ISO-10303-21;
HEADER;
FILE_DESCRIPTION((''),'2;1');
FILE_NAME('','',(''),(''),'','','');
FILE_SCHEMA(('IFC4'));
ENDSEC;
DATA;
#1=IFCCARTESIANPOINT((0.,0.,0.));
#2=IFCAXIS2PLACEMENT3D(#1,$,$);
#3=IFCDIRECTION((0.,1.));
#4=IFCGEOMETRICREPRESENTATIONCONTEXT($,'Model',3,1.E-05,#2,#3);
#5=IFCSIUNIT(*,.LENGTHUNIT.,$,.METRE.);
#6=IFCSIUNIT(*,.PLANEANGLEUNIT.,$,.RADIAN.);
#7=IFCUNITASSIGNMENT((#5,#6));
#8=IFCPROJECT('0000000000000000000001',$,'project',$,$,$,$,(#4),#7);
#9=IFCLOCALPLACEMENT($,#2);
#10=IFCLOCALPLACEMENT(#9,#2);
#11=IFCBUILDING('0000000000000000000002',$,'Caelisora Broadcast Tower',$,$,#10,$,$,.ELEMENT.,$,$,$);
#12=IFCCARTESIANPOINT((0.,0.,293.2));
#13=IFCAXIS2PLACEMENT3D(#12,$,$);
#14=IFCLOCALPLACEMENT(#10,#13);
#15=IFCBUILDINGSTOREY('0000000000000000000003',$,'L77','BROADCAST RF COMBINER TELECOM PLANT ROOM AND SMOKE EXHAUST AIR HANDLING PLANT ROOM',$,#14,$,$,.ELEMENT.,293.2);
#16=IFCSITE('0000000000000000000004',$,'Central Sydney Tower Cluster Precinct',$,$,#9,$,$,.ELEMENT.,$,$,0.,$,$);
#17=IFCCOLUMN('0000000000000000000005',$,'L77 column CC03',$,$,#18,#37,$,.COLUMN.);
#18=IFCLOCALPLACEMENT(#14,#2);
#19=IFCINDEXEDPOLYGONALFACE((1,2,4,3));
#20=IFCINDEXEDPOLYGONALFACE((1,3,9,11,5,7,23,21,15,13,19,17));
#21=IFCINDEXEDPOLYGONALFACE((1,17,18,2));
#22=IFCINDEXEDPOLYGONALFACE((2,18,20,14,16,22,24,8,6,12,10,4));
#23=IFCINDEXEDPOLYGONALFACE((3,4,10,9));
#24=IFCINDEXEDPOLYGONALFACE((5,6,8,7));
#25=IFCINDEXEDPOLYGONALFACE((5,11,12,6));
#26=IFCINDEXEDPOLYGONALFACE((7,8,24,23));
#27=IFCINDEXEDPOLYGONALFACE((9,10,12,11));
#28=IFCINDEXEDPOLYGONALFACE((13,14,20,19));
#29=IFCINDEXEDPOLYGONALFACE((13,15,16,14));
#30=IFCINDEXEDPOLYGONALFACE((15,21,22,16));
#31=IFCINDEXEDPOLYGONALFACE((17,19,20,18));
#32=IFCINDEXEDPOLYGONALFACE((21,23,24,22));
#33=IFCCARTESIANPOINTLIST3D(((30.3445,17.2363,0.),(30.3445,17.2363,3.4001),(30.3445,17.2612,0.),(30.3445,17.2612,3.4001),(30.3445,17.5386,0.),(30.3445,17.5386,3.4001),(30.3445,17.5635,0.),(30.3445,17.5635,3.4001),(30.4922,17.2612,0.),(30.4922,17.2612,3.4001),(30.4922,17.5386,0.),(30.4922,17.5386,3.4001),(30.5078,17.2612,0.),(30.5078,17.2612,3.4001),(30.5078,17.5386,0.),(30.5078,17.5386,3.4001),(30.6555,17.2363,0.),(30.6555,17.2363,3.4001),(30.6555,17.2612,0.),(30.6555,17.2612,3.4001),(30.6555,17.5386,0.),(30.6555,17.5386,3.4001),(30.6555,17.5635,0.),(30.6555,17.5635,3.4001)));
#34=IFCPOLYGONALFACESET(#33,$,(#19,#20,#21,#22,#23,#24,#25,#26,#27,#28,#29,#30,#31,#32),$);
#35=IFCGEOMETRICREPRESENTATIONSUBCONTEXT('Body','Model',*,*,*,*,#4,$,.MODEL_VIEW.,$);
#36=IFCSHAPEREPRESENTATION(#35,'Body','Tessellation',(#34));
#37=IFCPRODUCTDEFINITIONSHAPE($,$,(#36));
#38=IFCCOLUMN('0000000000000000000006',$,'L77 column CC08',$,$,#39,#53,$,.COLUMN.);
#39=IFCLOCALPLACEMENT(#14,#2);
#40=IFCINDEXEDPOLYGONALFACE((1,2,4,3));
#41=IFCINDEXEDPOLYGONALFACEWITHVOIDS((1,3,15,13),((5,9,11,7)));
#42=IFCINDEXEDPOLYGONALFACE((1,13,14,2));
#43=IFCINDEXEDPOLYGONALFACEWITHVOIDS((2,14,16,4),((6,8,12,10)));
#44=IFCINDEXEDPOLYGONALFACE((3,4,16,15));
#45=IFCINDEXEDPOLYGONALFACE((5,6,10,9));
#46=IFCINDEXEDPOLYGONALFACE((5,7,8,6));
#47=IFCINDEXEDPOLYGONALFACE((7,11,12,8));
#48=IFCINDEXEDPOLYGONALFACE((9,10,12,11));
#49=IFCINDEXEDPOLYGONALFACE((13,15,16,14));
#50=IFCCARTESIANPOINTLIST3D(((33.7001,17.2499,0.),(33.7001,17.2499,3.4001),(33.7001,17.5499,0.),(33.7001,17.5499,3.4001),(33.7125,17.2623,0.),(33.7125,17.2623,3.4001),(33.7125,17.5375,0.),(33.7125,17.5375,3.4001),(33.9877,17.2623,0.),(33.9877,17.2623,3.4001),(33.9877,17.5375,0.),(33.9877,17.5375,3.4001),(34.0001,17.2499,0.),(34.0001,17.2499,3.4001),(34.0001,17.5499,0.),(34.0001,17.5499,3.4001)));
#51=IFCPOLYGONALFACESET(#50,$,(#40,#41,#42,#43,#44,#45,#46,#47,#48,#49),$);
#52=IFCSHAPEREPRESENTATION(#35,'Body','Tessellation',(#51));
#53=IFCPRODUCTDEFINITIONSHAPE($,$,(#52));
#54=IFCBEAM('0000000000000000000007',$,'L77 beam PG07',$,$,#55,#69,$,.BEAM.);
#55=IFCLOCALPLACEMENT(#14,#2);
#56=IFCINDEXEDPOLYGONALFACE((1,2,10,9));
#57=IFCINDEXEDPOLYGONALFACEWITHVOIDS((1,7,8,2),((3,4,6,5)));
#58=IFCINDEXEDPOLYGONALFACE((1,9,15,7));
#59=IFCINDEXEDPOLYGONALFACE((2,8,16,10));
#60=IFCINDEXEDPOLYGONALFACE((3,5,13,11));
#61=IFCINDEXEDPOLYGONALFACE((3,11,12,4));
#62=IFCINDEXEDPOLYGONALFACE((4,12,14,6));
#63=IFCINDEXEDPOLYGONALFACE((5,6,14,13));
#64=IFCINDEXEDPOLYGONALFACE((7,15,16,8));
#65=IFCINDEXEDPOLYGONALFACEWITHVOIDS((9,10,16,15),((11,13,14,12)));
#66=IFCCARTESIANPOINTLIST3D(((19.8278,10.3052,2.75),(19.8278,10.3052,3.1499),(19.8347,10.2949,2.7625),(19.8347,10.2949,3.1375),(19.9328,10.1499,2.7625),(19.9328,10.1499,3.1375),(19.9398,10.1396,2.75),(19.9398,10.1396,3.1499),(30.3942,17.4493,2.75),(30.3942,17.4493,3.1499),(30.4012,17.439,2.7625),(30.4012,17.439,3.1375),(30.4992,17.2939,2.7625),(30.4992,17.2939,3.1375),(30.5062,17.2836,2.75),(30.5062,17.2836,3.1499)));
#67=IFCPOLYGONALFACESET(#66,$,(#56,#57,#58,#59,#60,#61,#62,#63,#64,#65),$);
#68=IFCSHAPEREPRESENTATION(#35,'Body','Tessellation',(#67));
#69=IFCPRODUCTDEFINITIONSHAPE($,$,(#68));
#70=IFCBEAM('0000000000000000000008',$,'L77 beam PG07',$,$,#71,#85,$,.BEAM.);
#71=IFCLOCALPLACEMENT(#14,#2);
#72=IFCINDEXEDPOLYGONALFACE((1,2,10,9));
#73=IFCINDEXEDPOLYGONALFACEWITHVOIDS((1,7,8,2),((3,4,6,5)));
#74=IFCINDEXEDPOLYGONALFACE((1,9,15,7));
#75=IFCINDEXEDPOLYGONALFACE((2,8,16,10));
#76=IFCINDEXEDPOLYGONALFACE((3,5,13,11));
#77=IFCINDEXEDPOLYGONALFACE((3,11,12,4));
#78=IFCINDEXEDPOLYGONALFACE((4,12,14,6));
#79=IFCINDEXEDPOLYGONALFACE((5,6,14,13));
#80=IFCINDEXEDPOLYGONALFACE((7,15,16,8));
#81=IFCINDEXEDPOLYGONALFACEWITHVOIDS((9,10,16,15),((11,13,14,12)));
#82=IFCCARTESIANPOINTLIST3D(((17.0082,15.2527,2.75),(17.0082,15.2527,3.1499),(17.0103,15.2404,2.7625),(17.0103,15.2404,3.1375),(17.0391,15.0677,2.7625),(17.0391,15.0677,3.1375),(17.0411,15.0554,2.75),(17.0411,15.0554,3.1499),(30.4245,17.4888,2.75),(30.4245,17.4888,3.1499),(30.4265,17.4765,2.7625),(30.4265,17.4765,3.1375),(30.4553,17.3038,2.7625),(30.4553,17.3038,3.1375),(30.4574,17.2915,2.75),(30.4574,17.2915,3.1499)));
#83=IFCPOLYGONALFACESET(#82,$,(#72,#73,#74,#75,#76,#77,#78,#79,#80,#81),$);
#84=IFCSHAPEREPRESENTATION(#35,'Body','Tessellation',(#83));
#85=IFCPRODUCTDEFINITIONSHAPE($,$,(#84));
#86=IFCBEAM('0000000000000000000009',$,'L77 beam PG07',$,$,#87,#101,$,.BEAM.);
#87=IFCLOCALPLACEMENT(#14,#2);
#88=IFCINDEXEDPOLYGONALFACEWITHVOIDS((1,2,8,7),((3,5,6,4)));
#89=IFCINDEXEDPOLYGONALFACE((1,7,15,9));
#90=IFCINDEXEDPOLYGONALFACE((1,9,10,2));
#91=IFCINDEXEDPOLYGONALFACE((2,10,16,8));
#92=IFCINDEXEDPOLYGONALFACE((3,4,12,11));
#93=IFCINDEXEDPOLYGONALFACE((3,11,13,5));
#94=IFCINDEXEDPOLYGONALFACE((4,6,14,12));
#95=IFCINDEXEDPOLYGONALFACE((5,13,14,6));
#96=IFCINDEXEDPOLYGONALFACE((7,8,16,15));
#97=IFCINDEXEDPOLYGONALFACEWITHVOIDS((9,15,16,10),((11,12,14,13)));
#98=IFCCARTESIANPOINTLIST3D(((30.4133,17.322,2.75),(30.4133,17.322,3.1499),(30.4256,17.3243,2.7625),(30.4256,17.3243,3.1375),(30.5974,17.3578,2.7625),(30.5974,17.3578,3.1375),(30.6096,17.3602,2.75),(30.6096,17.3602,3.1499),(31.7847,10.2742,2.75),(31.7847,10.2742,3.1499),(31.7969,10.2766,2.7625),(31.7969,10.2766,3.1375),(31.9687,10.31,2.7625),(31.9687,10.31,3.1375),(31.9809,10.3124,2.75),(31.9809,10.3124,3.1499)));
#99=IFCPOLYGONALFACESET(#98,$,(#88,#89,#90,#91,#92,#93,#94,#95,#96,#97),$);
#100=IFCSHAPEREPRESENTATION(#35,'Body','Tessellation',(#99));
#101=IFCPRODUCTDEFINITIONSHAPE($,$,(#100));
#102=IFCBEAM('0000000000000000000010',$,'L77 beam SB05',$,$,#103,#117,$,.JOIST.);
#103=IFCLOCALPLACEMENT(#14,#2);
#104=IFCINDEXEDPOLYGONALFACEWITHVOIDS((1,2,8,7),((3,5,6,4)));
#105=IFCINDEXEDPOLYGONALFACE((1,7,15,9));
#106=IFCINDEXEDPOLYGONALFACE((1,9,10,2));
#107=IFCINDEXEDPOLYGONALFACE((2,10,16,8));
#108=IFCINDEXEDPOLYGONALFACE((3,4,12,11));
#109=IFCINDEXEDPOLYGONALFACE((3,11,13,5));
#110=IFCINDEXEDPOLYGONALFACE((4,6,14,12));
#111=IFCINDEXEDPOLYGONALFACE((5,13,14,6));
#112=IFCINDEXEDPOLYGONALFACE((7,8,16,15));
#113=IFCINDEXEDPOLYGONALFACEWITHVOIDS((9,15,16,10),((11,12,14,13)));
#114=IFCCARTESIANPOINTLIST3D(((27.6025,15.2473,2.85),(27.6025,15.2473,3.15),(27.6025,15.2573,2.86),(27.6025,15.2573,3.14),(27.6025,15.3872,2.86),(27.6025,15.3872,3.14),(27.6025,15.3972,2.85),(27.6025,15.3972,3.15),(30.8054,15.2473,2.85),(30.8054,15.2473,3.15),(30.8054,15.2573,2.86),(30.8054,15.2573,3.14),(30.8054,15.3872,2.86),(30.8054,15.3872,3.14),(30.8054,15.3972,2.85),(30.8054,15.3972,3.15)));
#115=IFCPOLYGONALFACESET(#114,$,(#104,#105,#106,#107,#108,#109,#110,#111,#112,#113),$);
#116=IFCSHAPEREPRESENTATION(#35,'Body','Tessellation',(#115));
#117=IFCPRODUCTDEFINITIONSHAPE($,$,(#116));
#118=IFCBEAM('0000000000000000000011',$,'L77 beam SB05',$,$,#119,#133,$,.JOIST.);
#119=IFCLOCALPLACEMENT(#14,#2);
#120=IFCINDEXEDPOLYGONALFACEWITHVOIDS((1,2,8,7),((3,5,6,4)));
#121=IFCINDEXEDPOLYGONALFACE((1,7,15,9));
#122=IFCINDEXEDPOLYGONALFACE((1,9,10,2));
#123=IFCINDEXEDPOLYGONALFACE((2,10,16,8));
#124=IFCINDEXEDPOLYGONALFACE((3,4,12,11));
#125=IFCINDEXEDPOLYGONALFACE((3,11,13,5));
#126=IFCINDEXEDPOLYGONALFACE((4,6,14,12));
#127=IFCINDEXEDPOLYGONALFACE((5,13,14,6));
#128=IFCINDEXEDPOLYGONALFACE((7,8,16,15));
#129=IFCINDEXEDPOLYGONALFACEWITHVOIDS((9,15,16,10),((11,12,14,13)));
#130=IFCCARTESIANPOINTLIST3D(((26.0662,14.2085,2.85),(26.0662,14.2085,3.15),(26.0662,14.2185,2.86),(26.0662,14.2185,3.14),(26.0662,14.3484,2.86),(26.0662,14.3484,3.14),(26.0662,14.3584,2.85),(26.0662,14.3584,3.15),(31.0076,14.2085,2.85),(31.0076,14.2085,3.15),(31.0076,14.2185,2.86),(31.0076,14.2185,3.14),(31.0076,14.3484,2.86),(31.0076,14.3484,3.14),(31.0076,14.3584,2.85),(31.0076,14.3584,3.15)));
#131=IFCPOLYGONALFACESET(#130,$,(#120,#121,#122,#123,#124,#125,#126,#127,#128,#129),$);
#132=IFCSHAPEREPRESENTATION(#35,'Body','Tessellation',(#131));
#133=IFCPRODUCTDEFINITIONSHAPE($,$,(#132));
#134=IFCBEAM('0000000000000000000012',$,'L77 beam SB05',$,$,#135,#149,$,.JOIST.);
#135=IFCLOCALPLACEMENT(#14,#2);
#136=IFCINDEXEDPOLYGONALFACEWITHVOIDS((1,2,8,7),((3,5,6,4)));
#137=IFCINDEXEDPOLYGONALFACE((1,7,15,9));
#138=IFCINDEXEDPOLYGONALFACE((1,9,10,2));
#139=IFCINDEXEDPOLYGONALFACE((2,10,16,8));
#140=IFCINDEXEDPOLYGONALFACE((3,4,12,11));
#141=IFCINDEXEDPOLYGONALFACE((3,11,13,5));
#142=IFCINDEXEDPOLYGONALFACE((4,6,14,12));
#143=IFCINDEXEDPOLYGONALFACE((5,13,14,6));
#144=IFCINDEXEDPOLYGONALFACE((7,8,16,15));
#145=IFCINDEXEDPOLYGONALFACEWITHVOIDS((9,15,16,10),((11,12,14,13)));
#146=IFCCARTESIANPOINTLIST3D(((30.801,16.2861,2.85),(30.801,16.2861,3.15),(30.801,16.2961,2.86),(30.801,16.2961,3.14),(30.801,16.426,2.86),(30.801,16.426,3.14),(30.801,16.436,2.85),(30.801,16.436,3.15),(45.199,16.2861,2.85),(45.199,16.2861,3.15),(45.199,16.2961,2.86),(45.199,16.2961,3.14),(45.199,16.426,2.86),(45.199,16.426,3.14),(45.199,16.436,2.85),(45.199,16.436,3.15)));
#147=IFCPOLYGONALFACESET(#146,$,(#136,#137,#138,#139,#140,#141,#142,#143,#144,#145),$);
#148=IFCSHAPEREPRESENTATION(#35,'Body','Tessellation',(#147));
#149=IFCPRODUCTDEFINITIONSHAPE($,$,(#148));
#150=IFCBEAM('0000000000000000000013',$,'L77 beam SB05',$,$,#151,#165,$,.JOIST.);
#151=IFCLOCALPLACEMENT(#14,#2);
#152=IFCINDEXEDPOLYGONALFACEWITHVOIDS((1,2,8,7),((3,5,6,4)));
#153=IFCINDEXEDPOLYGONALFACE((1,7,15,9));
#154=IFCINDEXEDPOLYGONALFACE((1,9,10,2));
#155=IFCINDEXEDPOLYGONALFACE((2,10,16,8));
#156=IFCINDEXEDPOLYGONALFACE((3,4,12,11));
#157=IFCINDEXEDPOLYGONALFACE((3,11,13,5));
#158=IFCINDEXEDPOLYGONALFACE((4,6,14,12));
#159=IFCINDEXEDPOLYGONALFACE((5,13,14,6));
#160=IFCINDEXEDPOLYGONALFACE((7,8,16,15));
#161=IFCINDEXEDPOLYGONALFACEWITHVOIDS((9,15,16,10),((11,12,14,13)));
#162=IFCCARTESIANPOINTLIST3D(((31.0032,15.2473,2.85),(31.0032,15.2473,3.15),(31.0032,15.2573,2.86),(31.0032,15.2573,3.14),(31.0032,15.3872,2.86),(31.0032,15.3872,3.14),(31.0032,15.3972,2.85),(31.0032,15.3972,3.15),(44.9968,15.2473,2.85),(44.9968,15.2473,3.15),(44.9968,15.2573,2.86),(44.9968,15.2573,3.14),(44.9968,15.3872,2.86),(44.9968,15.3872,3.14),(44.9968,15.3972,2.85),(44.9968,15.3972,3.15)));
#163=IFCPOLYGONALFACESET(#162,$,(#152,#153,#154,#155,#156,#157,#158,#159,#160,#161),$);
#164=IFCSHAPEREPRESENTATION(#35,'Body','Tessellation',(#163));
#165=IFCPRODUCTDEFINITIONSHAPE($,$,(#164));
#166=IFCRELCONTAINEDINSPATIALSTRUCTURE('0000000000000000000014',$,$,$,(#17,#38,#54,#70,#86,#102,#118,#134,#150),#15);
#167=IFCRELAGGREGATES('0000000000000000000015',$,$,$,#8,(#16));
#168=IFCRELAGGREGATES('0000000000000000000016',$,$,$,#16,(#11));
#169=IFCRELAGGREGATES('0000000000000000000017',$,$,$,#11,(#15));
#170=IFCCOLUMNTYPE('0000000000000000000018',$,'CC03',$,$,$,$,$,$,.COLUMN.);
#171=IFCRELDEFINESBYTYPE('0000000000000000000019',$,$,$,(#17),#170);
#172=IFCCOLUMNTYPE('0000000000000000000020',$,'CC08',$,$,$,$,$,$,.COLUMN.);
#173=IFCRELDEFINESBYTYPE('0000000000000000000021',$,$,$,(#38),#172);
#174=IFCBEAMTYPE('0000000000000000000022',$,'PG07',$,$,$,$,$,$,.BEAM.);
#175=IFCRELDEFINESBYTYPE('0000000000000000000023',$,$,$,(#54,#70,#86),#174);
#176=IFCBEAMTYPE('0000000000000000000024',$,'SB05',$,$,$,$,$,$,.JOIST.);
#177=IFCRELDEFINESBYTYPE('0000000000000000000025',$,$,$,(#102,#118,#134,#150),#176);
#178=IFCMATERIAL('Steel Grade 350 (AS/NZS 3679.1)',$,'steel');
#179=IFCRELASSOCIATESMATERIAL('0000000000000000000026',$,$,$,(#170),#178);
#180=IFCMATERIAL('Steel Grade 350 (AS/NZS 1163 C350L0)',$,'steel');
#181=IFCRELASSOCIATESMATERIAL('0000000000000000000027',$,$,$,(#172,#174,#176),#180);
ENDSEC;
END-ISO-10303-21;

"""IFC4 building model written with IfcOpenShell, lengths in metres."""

from ifc_helpers import new_model, si_unit, direction, frame, origin, origin_2d, place, context, subcontext, project, spatial, hollow_rectangle, i_section, extrude, source, transform, mapped, material, material_profile, profile_set, type_object, type_shapes, element, save


model = new_model("IFC4")

# Units and contexts
model_context = context("Model", 3, precision=1e-05, world=origin(), true_north=direction((0.0, 1.0)))
body_context = subcontext(model_context, "Body", "Model", "MODEL_VIEW")
ifc_project = project(units=[si_unit("LENGTHUNIT", "METRE"), si_unit("PLANEANGLEUNIT", "RADIAN")], contexts=[model_context])

# Site, building, storey
site_placement = place(None, origin())
site = spatial("IfcSite", under=ifc_project, at=site_placement, Name="Central Sydney Tower Cluster Precinct", CompositionType="ELEMENT", RefElevation=0.0)
building_placement = place(site_placement, origin())
building = spatial("IfcBuilding", under=site, at=building_placement, Name="Caelisora Broadcast Tower", CompositionType="ELEMENT")
storey_placement = place(building_placement, frame((0.0, 0.0, 293.2)))
storey = spatial("IfcBuildingStorey", under=building, at=storey_placement, Name="L77", Description="BROADCAST RF COMBINER TELECOM PLANT ROOM AND SMOKE EXHAUST AIR HANDLING PLANT ROOM", CompositionType="ELEMENT", Elevation=293.2)

# Columns
ifc_material_1 = material(Name="Steel Grade 350 (AS/NZS 3679.1)", Category="steel")
ifc_material_profile_1 = material_profile(ifc_material_1, i_section(OverallWidth=0.311, OverallDepth=0.3271, WebThickness=0.0156, FlangeThickness=0.0249, at=origin_2d()), Name="Steel Grade 350 (AS/NZS 3679.1)")
ifc_profile_set_1 = profile_set([ifc_material_profile_1], Name="Steel Grade 350 (AS/NZS 3679.1)")
column_type_1 = type_object("IfcColumnType", Name="CC03", PredefinedType="COLUMN", material=ifc_profile_set_1)
shared_shape_1 = source(origin(), body_context, "Body", "SweptSolid", [
    extrude(i_section(OverallWidth=0.311, OverallDepth=0.3271, WebThickness=0.0156, FlangeThickness=0.0249, at=origin_2d()), origin(), (0.0, 0.0, 1.0), 3.4001),
])
type_shapes(column_type_1, [shared_shape_1])
column_1_placement = place(storey_placement, frame((30.5, 17.3999, 0.0), z_axis=(0.0, 0.0, 1.0), x_axis=(1.0, 0.0, 0.0)))
element("IfcColumn", 1, at=column_1_placement, inside=storey, type_object=column_type_1, Name="L77 column CC03", PredefinedType="COLUMN", context=body_context, shape_type="MappedRepresentation", body=[
    mapped(shared_shape_1, transform((0.0, 0.0, 0.0), scale=1.0)),
])
ifc_material_2 = material(Name="Steel Grade 350 (AS/NZS 1163 C350L0)", Category="steel")
ifc_material_profile_2 = material_profile(ifc_material_2, hollow_rectangle(XDim=0.3, YDim=0.3, WallThickness=0.0125, at=origin_2d()), Name="Steel Grade 350 (AS/NZS 1163 C350L0)")
ifc_profile_set_2 = profile_set([ifc_material_profile_2], Name="Steel Grade 350 (AS/NZS 1163 C350L0)")
column_type_2 = type_object("IfcColumnType", Name="CC08", PredefinedType="COLUMN", material=ifc_profile_set_2)
shared_shape_2 = source(origin(), body_context, "Body", "SweptSolid", [
    extrude(hollow_rectangle(XDim=0.3, YDim=0.3, WallThickness=0.0125, at=origin_2d()), origin(), (0.0, 0.0, 1.0), 3.4001),
])
type_shapes(column_type_2, [shared_shape_2])
column_2_placement = place(storey_placement, frame((33.8501, 17.3999, 0.0), z_axis=(0.0, 0.0, 1.0), x_axis=(1.0, 0.0, 0.0)))
element("IfcColumn", 2, at=column_2_placement, inside=storey, type_object=column_type_2, Name="L77 column CC08", PredefinedType="COLUMN", context=body_context, shape_type="MappedRepresentation", body=[
    mapped(shared_shape_2, transform((0.0, 0.0, 0.0), scale=1.0)),
])

# Beams
ifc_material_profile_3 = material_profile(ifc_material_2, hollow_rectangle(XDim=0.2, YDim=0.3999, WallThickness=0.0125, at=origin_2d()), Name="Steel Grade 350 (AS/NZS 1163 C350L0)")
ifc_profile_set_3 = profile_set([ifc_material_profile_3], Name="Steel Grade 350 (AS/NZS 1163 C350L0)")
beam_type_1 = type_object("IfcBeamType", Name="PG07", PredefinedType="BEAM", material=ifc_profile_set_3)
shared_shape_3 = source(origin(), body_context, "Body", "SweptSolid", [
    extrude(hollow_rectangle(XDim=0.2, YDim=0.3999, WallThickness=0.0125, at=origin_2d()), origin(), (0.0, 0.0, 1.0), 12.7549),
])
beam_1_placement = place(storey_placement, frame((30.4502, 17.3665, 2.95), z_axis=(-0.828422, -0.560104, 0.0), x_axis=(0.560104, -0.828422, 0.0)))
element("IfcBeam", 3, at=beam_1_placement, inside=storey, type_object=beam_type_1, Name="L77 beam PG07", PredefinedType="BEAM", context=body_context, shape_type="MappedRepresentation", body=[
    mapped(shared_shape_3, transform((0.0, 0.0, 0.0), scale=1.0)),
])
shared_shape_4 = source(origin(), body_context, "Body", "SweptSolid", [
    extrude(hollow_rectangle(XDim=0.2, YDim=0.3999, WallThickness=0.0125, at=origin_2d()), origin(), (0.0, 0.0, 1.0), 13.6013),
])
beam_2_placement = place(storey_placement, frame((30.4409, 17.3901, 2.95), z_axis=(-0.986393, -0.164402, 0.0), x_axis=(0.164402, -0.986393, 0.0)))
element("IfcBeam", 4, at=beam_2_placement, inside=storey, type_object=beam_type_1, Name="L77 beam PG07", PredefinedType="BEAM", context=body_context, shape_type="MappedRepresentation", body=[
    mapped(shared_shape_4, transform((0.0, 0.0, 0.0), scale=1.0)),
])
shared_shape_5 = source(origin(), body_context, "Body", "SweptSolid", [
    extrude(hollow_rectangle(XDim=0.2, YDim=0.3999, WallThickness=0.0125, at=origin_2d()), origin(), (0.0, 0.0, 1.0), 7.1799),
])
type_shapes(beam_type_1, [shared_shape_3, shared_shape_4, shared_shape_5])
beam_3_placement = place(storey_placement, frame((30.5115, 17.3411, 2.95), z_axis=(0.190993, -0.981591, 0.0), x_axis=(0.981591, 0.190993, 0.0)))
element("IfcBeam", 5, at=beam_3_placement, inside=storey, type_object=beam_type_1, Name="L77 beam PG07", PredefinedType="BEAM", context=body_context, shape_type="MappedRepresentation", body=[
    mapped(shared_shape_5, transform((0.0, 0.0, 0.0), scale=1.0)),
])
ifc_material_profile_4 = material_profile(ifc_material_2, hollow_rectangle(XDim=0.1499, YDim=0.3, WallThickness=0.01, at=origin_2d()), Name="Steel Grade 350 (AS/NZS 1163 C350L0)")
ifc_profile_set_4 = profile_set([ifc_material_profile_4], Name="Steel Grade 350 (AS/NZS 1163 C350L0)")
beam_type_2 = type_object("IfcBeamType", Name="SB05", PredefinedType="JOIST", material=ifc_profile_set_4)
shared_shape_6 = source(origin(), body_context, "Body", "SweptSolid", [
    extrude(hollow_rectangle(XDim=0.1499, YDim=0.3, WallThickness=0.01, at=origin_2d()), origin(), (0.0, 0.0, 1.0), 3.2029),
])
beam_4_placement = place(storey_placement, frame((27.6025, 15.3223, 3.0), z_axis=(1.0, 0.0, 0.0), x_axis=(0.0, 1.0, 0.0)))
element("IfcBeam", 6, at=beam_4_placement, inside=storey, type_object=beam_type_2, Name="L77 beam SB05", PredefinedType="JOIST", context=body_context, shape_type="MappedRepresentation", body=[
    mapped(shared_shape_6, transform((0.0, 0.0, 0.0), scale=1.0)),
])
shared_shape_7 = source(origin(), body_context, "Body", "SweptSolid", [
    extrude(hollow_rectangle(XDim=0.1499, YDim=0.3, WallThickness=0.01, at=origin_2d()), origin(), (0.0, 0.0, 1.0), 4.9414),
])
beam_5_placement = place(storey_placement, frame((26.0662, 14.2834, 3.0), z_axis=(1.0, 0.0, 0.0), x_axis=(0.0, 1.0, 0.0)))
element("IfcBeam", 7, at=beam_5_placement, inside=storey, type_object=beam_type_2, Name="L77 beam SB05", PredefinedType="JOIST", context=body_context, shape_type="MappedRepresentation", body=[
    mapped(shared_shape_7, transform((0.0, 0.0, 0.0), scale=1.0)),
])
shared_shape_8 = source(origin(), body_context, "Body", "SweptSolid", [
    extrude(hollow_rectangle(XDim=0.1499, YDim=0.3, WallThickness=0.01, at=origin_2d()), origin(), (0.0, 0.0, 1.0), 14.3979),
])
beam_6_placement = place(storey_placement, frame((30.801, 16.3611, 3.0), z_axis=(1.0, 0.0, 0.0), x_axis=(0.0, 1.0, 0.0)))
element("IfcBeam", 8, at=beam_6_placement, inside=storey, type_object=beam_type_2, Name="L77 beam SB05", PredefinedType="JOIST", context=body_context, shape_type="MappedRepresentation", body=[
    mapped(shared_shape_8, transform((0.0, 0.0, 0.0), scale=1.0)),
])
shared_shape_9 = source(origin(), body_context, "Body", "SweptSolid", [
    extrude(hollow_rectangle(XDim=0.1499, YDim=0.3, WallThickness=0.01, at=origin_2d()), origin(), (0.0, 0.0, 1.0), 13.9937),
])
beam_7_placement = place(storey_placement, frame((31.0032, 15.3223, 3.0), z_axis=(1.0, 0.0, 0.0), x_axis=(0.0, 1.0, 0.0)))
element("IfcBeam", 9, at=beam_7_placement, inside=storey, type_object=beam_type_2, Name="L77 beam SB05", PredefinedType="JOIST", context=body_context, shape_type="MappedRepresentation", body=[
    mapped(shared_shape_9, transform((0.0, 0.0, 0.0), scale=1.0)),
])

save(model, "model.ifc")
